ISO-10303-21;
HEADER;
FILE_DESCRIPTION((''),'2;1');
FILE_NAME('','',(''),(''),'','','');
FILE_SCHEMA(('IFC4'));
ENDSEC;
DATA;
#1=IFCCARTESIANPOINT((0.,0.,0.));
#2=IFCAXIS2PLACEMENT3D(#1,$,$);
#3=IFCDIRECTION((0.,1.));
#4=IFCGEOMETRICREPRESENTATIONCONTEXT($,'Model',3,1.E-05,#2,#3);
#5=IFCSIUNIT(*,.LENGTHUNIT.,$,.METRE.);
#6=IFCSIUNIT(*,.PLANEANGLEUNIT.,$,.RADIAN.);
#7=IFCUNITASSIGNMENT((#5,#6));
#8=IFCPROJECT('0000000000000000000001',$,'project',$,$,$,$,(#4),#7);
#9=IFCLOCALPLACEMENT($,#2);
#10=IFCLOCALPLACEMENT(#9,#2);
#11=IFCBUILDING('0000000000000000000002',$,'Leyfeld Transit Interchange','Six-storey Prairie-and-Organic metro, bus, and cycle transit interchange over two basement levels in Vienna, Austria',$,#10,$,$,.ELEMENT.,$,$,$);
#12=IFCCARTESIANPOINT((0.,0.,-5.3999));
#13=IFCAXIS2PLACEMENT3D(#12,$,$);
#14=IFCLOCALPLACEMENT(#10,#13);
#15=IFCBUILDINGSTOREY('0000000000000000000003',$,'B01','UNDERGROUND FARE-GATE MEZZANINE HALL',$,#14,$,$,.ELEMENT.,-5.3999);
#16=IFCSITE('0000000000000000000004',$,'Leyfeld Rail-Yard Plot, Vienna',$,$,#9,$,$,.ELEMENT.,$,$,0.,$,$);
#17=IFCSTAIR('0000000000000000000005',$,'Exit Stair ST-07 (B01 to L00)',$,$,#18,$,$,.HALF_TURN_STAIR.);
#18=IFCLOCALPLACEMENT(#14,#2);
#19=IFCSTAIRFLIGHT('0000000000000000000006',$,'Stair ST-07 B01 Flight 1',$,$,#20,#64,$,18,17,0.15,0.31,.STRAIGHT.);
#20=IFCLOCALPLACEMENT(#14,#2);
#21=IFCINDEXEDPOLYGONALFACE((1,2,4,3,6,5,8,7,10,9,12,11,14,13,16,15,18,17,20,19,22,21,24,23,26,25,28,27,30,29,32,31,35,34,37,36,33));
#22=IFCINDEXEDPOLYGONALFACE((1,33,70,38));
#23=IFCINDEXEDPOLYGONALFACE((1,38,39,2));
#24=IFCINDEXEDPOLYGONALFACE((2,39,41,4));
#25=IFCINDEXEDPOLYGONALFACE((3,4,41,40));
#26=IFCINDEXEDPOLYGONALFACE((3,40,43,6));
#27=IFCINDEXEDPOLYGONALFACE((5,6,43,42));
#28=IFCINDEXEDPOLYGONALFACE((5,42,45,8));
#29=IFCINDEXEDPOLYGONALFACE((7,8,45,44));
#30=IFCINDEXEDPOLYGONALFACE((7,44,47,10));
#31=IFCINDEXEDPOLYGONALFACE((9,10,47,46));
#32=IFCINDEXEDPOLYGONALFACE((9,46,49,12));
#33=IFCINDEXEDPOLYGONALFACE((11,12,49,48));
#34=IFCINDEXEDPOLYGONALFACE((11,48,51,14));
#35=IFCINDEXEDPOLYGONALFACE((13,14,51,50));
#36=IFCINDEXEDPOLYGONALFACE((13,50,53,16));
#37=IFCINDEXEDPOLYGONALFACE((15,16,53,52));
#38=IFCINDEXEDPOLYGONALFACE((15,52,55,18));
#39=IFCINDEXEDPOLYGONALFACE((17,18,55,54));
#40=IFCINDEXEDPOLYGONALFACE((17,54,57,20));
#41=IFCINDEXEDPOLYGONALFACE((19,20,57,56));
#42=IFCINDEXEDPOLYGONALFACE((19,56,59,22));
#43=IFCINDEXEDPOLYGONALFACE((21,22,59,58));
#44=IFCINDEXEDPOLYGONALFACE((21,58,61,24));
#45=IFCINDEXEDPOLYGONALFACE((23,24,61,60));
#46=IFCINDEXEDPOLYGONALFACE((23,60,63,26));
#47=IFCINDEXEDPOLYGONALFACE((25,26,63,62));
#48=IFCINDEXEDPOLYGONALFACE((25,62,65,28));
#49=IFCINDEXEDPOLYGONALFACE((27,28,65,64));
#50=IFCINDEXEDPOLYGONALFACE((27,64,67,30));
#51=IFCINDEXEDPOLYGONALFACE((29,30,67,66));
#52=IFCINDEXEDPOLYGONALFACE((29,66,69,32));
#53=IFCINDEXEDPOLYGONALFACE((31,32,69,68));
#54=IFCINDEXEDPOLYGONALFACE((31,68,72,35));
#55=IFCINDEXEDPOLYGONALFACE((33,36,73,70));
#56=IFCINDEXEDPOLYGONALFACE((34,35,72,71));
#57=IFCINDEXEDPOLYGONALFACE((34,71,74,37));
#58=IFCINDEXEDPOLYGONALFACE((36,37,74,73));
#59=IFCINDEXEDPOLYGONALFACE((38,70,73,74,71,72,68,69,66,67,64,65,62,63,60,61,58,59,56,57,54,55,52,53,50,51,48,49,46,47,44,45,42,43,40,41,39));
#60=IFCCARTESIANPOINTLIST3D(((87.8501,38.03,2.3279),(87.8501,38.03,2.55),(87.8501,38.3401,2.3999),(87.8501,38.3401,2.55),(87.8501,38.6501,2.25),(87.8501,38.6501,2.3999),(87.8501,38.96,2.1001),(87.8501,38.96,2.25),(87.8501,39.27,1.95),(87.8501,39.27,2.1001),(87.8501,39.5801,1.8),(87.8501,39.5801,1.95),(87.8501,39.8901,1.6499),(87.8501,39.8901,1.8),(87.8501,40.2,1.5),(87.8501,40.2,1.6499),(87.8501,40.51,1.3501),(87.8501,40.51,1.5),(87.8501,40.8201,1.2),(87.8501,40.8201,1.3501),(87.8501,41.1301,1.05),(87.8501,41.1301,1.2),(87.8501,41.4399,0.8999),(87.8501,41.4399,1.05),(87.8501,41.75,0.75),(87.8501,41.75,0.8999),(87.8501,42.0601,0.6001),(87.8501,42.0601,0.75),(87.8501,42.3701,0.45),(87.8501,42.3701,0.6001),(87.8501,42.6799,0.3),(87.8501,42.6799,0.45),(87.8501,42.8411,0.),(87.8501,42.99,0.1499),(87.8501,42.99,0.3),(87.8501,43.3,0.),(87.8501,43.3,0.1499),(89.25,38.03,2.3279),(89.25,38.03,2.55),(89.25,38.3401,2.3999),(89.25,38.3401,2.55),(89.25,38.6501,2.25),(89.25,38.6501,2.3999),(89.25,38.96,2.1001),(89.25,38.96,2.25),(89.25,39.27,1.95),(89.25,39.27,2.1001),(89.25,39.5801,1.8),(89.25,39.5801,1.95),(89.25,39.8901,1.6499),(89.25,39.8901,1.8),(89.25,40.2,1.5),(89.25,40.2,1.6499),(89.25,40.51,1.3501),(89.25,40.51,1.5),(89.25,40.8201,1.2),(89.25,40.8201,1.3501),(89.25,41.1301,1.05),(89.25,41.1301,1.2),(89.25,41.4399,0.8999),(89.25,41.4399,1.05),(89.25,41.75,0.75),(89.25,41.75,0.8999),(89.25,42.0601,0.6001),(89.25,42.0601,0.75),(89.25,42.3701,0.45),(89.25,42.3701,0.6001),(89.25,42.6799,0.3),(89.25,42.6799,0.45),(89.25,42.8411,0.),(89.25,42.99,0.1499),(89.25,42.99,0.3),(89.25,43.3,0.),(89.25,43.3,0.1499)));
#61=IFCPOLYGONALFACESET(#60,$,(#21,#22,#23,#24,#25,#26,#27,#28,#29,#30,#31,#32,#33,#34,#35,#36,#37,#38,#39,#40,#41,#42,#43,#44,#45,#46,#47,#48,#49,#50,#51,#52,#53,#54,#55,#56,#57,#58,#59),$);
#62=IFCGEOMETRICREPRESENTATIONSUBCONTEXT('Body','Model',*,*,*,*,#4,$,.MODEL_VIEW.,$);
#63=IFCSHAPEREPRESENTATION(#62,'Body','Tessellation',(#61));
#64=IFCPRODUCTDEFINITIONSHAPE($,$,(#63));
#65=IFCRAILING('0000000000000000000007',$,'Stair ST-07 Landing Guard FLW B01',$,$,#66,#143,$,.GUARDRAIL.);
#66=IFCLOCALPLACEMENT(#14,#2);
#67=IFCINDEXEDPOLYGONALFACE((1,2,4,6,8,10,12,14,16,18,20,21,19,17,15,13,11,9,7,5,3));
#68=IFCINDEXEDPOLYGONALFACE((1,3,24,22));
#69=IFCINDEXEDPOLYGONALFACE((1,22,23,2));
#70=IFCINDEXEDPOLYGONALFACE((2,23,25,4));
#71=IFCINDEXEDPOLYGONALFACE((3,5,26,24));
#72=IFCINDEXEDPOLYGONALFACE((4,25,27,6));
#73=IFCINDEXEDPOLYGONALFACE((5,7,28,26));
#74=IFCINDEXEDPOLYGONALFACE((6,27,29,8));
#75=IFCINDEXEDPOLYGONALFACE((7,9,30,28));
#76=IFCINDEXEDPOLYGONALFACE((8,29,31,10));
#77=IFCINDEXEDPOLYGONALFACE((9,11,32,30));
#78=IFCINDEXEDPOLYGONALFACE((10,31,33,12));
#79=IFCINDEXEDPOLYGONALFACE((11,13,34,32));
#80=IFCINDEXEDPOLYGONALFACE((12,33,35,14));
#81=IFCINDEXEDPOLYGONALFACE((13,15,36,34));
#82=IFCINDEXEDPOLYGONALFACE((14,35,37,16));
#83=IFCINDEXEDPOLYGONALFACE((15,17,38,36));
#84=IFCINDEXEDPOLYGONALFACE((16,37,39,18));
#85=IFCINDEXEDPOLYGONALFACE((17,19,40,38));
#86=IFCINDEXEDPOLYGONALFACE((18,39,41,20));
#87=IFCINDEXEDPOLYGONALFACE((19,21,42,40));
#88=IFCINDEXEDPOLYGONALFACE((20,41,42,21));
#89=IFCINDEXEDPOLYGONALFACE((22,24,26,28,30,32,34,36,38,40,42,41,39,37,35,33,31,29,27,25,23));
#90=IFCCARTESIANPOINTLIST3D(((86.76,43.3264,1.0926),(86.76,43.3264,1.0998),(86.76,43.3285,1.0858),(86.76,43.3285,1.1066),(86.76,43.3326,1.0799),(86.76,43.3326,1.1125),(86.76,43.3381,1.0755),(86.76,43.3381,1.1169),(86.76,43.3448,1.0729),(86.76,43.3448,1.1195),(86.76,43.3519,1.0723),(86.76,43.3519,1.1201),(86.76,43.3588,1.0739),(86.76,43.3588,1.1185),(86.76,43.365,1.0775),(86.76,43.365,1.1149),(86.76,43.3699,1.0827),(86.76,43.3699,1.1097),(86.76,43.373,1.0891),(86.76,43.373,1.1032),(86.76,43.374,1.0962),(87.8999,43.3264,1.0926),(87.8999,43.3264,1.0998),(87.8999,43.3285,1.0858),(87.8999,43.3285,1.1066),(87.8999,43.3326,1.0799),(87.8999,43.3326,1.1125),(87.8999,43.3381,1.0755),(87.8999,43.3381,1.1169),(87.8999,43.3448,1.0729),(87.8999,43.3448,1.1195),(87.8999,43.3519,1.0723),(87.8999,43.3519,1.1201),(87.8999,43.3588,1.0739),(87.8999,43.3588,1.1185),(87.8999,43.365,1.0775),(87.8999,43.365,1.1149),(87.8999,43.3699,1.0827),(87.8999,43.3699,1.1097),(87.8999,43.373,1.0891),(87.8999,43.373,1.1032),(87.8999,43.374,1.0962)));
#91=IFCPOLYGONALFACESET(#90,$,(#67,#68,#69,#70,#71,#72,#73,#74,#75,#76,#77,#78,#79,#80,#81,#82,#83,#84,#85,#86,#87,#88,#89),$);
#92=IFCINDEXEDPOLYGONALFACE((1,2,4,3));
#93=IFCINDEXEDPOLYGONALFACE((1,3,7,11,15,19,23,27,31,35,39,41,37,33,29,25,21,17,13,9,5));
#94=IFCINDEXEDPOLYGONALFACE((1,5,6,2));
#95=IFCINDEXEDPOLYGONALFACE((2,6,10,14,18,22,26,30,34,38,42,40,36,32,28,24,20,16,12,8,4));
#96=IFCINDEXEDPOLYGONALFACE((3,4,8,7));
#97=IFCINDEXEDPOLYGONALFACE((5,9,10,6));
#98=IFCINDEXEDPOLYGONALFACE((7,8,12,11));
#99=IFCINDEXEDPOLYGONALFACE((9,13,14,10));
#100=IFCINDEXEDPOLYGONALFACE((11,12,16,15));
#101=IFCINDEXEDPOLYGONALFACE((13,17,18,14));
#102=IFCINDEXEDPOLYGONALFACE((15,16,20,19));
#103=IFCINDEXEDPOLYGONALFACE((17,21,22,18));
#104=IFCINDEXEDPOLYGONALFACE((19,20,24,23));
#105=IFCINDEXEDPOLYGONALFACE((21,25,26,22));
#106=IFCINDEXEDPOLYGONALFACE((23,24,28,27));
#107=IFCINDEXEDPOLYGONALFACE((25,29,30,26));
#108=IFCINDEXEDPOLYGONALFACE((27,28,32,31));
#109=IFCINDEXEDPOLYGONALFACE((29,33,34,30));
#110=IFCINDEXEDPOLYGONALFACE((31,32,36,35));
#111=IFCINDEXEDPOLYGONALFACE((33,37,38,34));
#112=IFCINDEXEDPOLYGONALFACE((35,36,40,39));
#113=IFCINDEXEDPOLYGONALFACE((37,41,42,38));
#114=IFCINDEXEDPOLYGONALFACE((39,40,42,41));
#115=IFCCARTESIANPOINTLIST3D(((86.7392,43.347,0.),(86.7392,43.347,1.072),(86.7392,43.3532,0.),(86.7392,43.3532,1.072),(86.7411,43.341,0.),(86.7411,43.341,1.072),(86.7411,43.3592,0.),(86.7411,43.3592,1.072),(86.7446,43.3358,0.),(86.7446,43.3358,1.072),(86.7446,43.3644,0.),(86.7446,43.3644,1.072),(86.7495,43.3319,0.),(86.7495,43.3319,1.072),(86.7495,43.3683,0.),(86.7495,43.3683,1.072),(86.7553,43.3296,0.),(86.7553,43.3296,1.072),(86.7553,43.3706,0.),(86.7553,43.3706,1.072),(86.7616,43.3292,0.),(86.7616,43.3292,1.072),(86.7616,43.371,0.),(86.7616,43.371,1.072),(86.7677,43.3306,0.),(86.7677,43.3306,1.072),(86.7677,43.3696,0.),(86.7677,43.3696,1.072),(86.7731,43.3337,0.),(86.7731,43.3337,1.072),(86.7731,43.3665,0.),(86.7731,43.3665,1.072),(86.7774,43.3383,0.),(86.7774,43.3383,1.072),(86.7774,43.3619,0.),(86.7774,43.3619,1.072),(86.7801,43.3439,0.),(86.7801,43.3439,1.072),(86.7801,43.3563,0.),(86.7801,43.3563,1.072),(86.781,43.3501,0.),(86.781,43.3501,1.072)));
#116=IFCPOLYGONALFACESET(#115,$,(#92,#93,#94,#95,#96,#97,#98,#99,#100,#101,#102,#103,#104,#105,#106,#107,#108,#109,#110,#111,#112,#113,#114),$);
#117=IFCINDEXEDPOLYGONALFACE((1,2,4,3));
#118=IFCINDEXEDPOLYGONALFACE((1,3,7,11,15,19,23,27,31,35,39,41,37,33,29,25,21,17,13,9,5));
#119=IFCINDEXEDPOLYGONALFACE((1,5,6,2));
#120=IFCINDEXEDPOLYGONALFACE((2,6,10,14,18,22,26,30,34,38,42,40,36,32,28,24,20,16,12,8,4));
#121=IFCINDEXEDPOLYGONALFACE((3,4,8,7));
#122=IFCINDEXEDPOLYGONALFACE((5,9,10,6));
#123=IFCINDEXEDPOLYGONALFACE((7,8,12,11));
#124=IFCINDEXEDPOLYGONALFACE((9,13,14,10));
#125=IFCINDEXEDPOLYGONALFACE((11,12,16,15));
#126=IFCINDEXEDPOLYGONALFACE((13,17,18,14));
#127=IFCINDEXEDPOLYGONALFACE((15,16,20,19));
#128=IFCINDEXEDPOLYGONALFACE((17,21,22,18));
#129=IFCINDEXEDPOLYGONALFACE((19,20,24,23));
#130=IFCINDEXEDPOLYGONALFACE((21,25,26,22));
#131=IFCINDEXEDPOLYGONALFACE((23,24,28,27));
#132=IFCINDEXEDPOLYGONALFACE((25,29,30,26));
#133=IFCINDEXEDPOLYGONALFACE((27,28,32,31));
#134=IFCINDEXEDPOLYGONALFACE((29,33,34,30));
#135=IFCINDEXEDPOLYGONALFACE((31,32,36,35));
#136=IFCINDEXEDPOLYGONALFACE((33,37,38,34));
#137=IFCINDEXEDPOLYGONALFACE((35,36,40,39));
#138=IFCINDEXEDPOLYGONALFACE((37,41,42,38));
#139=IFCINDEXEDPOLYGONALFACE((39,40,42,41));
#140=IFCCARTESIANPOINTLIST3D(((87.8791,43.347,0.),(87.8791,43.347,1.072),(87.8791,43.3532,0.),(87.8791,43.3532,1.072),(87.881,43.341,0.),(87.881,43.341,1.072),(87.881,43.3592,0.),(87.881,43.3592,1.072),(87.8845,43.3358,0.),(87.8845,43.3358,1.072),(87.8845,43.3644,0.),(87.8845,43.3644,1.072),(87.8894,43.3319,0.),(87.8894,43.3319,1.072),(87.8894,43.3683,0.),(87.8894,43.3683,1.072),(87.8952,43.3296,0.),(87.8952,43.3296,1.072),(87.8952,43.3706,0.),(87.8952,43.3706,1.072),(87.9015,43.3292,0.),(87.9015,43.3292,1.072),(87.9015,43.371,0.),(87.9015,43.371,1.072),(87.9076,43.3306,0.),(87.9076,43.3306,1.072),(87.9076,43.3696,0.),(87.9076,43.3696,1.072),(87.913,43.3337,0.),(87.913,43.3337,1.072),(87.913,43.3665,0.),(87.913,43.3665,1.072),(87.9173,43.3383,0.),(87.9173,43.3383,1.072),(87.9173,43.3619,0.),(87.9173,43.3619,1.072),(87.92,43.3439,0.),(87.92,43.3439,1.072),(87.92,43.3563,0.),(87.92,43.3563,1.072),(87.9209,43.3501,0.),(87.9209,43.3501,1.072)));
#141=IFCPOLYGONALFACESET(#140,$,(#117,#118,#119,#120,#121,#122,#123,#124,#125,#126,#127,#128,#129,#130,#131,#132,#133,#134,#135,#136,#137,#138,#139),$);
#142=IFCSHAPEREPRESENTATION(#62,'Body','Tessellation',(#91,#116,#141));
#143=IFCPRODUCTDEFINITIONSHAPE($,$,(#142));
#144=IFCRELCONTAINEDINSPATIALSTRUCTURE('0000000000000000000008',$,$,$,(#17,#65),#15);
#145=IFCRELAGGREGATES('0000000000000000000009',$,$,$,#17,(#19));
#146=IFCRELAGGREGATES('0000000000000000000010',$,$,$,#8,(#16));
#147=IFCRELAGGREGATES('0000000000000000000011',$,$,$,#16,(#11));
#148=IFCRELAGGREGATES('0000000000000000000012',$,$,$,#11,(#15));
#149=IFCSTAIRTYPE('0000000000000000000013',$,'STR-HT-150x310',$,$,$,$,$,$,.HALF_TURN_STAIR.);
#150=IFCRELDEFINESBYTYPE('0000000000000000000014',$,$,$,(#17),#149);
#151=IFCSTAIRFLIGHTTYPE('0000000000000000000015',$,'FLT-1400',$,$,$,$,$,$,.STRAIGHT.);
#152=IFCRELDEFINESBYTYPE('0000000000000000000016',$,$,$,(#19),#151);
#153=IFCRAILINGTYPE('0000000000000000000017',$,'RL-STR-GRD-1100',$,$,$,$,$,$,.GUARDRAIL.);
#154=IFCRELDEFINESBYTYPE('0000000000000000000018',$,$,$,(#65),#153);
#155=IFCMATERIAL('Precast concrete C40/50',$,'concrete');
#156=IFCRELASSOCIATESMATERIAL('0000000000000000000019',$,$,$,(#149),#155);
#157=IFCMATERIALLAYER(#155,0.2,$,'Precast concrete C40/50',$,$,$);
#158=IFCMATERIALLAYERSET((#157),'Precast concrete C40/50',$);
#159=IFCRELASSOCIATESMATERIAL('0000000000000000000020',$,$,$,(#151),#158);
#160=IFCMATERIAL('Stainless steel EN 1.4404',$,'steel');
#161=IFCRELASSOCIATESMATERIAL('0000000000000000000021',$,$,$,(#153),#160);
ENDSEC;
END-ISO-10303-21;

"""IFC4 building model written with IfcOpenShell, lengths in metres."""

from ifc_helpers import new_model, si_unit, direction, frame, origin, origin_2d, place, context, subcontext, project, spatial, polyline, circle, outline, extrude, material, layer, layer_set, type_object, element, aggregate, save


model = new_model("IFC4")

# Units and contexts
model_context = context("Model", 3, precision=1e-05, world=origin(), true_north=direction((0.0, 1.0)))
body_context = subcontext(model_context, "Body", "Model", "MODEL_VIEW")
ifc_project = project(units=[si_unit("LENGTHUNIT", "METRE"), si_unit("PLANEANGLEUNIT", "RADIAN")], contexts=[model_context])

# Site, building, storey
site_placement = place(None, origin())
site = spatial("IfcSite", under=ifc_project, at=site_placement, Name="Leyfeld Rail-Yard Plot, Vienna", CompositionType="ELEMENT", RefElevation=0.0)
building_placement = place(site_placement, origin())
building = spatial("IfcBuilding", under=site, at=building_placement, Name="Leyfeld Transit Interchange", Description="Six-storey Prairie-and-Organic metro, bus, and cycle transit interchange over two basement levels in Vienna, Austria", CompositionType="ELEMENT")
storey_placement = place(building_placement, frame((0.0, 0.0, -5.3999)))
storey = spatial("IfcBuildingStorey", under=building, at=storey_placement, Name="B01", Description="UNDERGROUND FARE-GATE MEZZANINE HALL", CompositionType="ELEMENT", Elevation=-5.3999)

# Stair, stair flight
ifc_material_1 = material(Name="Precast concrete C40/50", Category="concrete")
stair_type = type_object("IfcStairType", Name="STR-HT-150x310", PredefinedType="HALF_TURN_STAIR", material=ifc_material_1)
stair_placement = place(storey_placement, origin())
stair = element("IfcStair", 1, at=stair_placement, inside=storey, type_object=stair_type, Name="Exit Stair ST-07 (B01 to L00)", PredefinedType="HALF_TURN_STAIR")
ifc_layer_1 = layer(ifc_material_1, 0.2, Name="Precast concrete C40/50")
ifc_layer_set_1 = layer_set([ifc_layer_1], Name="Precast concrete C40/50")
stair_flight_type = type_object("IfcStairFlightType", Name="FLT-1400", PredefinedType="STRAIGHT", material=ifc_layer_set_1)
stair_flight_placement = place(storey_placement, frame((88.55, 43.3, 0.0), z_axis=(0.0, 0.0, 1.0), x_axis=(0.0, -1.0, 0.0)))
stair_flight = element("IfcStairFlight", 2, at=stair_flight_placement, type_object=stair_flight_type, Name="Stair ST-07 B01 Flight 1", NumberOfRisers=18, NumberOfTreads=17, PredefinedType="STRAIGHT", RiserHeight=0.15, TreadLength=0.31, context=body_context, shape_type="SweptSolid", body=[
    extrude(outline(polyline([(0.0, 0.0), (0.0, 0.1499), (0.3101, 0.1499), (0.3101, 0.3), (0.6201, 0.3), (0.6201, 0.45), (0.9299, 0.45), (0.9299, 0.6001), (1.24, 0.6001), (1.24, 0.75), (1.55, 0.75), (1.55, 0.8999), (1.8601, 0.8999), (1.8601, 1.05), (2.1699, 1.05), (2.1699, 1.2), (2.48, 1.2), (2.48, 1.3501), (2.79, 1.3501), (2.79, 1.5), (3.1001, 1.5), (3.1001, 1.6499), (3.4099, 1.6499), (3.4099, 1.8), (3.72, 1.8), (3.72, 1.95), (4.03, 1.95), (4.03, 2.1001), (4.3401, 2.1001), (4.3401, 2.25), (4.6499, 2.25), (4.6499, 2.3999), (4.96, 2.3999), (4.96, 2.55), (5.27, 2.55), (5.27, 2.7), (5.27, 2.3279), (0.459, 0.0), (0.0, 0.0)])), frame((0.0, 0.7, 0.0), z_axis=(0.0, -1.0, 0.0), x_axis=(1.0, 0.0, 0.0)), (0.0, 0.0, 1.0), 1.3999),
])
aggregate(stair, [stair_flight])

# Railing
ifc_material_2 = material(Name="Stainless steel EN 1.4404", Category="steel")
railing_type_1 = type_object("IfcRailingType", Name="RL-STR-GRD-1100", PredefinedType="GUARDRAIL", material=ifc_material_2)
railing_1_placement = place(storey_placement, frame((86.76, 43.3501, 0.0)))
element("IfcRailing", 3, at=railing_1_placement, inside=storey, type_object=railing_type_1, Name="Stair ST-07 Landing Guard FLW B01", PredefinedType="GUARDRAIL", context=body_context, shape_type="SweptSolid", body=[
    extrude(circle(Radius=0.0239, at=origin_2d()), frame((0.0, 0.0, 1.0962), z_axis=(1.0, 0.0, 0.0), x_axis=(0.0, 1.0, 0.0)), (0.0, 0.0, 1.0), 1.1399),
    extrude(circle(Radius=0.021, at=origin_2d()), origin(), (0.0, 0.0, 1.0), 1.072),
    extrude(circle(Radius=0.021, at=origin_2d()), frame((1.1399, 0.0, 0.0)), (0.0, 0.0, 1.0), 1.072),
])

save(model, "model.ifc")
